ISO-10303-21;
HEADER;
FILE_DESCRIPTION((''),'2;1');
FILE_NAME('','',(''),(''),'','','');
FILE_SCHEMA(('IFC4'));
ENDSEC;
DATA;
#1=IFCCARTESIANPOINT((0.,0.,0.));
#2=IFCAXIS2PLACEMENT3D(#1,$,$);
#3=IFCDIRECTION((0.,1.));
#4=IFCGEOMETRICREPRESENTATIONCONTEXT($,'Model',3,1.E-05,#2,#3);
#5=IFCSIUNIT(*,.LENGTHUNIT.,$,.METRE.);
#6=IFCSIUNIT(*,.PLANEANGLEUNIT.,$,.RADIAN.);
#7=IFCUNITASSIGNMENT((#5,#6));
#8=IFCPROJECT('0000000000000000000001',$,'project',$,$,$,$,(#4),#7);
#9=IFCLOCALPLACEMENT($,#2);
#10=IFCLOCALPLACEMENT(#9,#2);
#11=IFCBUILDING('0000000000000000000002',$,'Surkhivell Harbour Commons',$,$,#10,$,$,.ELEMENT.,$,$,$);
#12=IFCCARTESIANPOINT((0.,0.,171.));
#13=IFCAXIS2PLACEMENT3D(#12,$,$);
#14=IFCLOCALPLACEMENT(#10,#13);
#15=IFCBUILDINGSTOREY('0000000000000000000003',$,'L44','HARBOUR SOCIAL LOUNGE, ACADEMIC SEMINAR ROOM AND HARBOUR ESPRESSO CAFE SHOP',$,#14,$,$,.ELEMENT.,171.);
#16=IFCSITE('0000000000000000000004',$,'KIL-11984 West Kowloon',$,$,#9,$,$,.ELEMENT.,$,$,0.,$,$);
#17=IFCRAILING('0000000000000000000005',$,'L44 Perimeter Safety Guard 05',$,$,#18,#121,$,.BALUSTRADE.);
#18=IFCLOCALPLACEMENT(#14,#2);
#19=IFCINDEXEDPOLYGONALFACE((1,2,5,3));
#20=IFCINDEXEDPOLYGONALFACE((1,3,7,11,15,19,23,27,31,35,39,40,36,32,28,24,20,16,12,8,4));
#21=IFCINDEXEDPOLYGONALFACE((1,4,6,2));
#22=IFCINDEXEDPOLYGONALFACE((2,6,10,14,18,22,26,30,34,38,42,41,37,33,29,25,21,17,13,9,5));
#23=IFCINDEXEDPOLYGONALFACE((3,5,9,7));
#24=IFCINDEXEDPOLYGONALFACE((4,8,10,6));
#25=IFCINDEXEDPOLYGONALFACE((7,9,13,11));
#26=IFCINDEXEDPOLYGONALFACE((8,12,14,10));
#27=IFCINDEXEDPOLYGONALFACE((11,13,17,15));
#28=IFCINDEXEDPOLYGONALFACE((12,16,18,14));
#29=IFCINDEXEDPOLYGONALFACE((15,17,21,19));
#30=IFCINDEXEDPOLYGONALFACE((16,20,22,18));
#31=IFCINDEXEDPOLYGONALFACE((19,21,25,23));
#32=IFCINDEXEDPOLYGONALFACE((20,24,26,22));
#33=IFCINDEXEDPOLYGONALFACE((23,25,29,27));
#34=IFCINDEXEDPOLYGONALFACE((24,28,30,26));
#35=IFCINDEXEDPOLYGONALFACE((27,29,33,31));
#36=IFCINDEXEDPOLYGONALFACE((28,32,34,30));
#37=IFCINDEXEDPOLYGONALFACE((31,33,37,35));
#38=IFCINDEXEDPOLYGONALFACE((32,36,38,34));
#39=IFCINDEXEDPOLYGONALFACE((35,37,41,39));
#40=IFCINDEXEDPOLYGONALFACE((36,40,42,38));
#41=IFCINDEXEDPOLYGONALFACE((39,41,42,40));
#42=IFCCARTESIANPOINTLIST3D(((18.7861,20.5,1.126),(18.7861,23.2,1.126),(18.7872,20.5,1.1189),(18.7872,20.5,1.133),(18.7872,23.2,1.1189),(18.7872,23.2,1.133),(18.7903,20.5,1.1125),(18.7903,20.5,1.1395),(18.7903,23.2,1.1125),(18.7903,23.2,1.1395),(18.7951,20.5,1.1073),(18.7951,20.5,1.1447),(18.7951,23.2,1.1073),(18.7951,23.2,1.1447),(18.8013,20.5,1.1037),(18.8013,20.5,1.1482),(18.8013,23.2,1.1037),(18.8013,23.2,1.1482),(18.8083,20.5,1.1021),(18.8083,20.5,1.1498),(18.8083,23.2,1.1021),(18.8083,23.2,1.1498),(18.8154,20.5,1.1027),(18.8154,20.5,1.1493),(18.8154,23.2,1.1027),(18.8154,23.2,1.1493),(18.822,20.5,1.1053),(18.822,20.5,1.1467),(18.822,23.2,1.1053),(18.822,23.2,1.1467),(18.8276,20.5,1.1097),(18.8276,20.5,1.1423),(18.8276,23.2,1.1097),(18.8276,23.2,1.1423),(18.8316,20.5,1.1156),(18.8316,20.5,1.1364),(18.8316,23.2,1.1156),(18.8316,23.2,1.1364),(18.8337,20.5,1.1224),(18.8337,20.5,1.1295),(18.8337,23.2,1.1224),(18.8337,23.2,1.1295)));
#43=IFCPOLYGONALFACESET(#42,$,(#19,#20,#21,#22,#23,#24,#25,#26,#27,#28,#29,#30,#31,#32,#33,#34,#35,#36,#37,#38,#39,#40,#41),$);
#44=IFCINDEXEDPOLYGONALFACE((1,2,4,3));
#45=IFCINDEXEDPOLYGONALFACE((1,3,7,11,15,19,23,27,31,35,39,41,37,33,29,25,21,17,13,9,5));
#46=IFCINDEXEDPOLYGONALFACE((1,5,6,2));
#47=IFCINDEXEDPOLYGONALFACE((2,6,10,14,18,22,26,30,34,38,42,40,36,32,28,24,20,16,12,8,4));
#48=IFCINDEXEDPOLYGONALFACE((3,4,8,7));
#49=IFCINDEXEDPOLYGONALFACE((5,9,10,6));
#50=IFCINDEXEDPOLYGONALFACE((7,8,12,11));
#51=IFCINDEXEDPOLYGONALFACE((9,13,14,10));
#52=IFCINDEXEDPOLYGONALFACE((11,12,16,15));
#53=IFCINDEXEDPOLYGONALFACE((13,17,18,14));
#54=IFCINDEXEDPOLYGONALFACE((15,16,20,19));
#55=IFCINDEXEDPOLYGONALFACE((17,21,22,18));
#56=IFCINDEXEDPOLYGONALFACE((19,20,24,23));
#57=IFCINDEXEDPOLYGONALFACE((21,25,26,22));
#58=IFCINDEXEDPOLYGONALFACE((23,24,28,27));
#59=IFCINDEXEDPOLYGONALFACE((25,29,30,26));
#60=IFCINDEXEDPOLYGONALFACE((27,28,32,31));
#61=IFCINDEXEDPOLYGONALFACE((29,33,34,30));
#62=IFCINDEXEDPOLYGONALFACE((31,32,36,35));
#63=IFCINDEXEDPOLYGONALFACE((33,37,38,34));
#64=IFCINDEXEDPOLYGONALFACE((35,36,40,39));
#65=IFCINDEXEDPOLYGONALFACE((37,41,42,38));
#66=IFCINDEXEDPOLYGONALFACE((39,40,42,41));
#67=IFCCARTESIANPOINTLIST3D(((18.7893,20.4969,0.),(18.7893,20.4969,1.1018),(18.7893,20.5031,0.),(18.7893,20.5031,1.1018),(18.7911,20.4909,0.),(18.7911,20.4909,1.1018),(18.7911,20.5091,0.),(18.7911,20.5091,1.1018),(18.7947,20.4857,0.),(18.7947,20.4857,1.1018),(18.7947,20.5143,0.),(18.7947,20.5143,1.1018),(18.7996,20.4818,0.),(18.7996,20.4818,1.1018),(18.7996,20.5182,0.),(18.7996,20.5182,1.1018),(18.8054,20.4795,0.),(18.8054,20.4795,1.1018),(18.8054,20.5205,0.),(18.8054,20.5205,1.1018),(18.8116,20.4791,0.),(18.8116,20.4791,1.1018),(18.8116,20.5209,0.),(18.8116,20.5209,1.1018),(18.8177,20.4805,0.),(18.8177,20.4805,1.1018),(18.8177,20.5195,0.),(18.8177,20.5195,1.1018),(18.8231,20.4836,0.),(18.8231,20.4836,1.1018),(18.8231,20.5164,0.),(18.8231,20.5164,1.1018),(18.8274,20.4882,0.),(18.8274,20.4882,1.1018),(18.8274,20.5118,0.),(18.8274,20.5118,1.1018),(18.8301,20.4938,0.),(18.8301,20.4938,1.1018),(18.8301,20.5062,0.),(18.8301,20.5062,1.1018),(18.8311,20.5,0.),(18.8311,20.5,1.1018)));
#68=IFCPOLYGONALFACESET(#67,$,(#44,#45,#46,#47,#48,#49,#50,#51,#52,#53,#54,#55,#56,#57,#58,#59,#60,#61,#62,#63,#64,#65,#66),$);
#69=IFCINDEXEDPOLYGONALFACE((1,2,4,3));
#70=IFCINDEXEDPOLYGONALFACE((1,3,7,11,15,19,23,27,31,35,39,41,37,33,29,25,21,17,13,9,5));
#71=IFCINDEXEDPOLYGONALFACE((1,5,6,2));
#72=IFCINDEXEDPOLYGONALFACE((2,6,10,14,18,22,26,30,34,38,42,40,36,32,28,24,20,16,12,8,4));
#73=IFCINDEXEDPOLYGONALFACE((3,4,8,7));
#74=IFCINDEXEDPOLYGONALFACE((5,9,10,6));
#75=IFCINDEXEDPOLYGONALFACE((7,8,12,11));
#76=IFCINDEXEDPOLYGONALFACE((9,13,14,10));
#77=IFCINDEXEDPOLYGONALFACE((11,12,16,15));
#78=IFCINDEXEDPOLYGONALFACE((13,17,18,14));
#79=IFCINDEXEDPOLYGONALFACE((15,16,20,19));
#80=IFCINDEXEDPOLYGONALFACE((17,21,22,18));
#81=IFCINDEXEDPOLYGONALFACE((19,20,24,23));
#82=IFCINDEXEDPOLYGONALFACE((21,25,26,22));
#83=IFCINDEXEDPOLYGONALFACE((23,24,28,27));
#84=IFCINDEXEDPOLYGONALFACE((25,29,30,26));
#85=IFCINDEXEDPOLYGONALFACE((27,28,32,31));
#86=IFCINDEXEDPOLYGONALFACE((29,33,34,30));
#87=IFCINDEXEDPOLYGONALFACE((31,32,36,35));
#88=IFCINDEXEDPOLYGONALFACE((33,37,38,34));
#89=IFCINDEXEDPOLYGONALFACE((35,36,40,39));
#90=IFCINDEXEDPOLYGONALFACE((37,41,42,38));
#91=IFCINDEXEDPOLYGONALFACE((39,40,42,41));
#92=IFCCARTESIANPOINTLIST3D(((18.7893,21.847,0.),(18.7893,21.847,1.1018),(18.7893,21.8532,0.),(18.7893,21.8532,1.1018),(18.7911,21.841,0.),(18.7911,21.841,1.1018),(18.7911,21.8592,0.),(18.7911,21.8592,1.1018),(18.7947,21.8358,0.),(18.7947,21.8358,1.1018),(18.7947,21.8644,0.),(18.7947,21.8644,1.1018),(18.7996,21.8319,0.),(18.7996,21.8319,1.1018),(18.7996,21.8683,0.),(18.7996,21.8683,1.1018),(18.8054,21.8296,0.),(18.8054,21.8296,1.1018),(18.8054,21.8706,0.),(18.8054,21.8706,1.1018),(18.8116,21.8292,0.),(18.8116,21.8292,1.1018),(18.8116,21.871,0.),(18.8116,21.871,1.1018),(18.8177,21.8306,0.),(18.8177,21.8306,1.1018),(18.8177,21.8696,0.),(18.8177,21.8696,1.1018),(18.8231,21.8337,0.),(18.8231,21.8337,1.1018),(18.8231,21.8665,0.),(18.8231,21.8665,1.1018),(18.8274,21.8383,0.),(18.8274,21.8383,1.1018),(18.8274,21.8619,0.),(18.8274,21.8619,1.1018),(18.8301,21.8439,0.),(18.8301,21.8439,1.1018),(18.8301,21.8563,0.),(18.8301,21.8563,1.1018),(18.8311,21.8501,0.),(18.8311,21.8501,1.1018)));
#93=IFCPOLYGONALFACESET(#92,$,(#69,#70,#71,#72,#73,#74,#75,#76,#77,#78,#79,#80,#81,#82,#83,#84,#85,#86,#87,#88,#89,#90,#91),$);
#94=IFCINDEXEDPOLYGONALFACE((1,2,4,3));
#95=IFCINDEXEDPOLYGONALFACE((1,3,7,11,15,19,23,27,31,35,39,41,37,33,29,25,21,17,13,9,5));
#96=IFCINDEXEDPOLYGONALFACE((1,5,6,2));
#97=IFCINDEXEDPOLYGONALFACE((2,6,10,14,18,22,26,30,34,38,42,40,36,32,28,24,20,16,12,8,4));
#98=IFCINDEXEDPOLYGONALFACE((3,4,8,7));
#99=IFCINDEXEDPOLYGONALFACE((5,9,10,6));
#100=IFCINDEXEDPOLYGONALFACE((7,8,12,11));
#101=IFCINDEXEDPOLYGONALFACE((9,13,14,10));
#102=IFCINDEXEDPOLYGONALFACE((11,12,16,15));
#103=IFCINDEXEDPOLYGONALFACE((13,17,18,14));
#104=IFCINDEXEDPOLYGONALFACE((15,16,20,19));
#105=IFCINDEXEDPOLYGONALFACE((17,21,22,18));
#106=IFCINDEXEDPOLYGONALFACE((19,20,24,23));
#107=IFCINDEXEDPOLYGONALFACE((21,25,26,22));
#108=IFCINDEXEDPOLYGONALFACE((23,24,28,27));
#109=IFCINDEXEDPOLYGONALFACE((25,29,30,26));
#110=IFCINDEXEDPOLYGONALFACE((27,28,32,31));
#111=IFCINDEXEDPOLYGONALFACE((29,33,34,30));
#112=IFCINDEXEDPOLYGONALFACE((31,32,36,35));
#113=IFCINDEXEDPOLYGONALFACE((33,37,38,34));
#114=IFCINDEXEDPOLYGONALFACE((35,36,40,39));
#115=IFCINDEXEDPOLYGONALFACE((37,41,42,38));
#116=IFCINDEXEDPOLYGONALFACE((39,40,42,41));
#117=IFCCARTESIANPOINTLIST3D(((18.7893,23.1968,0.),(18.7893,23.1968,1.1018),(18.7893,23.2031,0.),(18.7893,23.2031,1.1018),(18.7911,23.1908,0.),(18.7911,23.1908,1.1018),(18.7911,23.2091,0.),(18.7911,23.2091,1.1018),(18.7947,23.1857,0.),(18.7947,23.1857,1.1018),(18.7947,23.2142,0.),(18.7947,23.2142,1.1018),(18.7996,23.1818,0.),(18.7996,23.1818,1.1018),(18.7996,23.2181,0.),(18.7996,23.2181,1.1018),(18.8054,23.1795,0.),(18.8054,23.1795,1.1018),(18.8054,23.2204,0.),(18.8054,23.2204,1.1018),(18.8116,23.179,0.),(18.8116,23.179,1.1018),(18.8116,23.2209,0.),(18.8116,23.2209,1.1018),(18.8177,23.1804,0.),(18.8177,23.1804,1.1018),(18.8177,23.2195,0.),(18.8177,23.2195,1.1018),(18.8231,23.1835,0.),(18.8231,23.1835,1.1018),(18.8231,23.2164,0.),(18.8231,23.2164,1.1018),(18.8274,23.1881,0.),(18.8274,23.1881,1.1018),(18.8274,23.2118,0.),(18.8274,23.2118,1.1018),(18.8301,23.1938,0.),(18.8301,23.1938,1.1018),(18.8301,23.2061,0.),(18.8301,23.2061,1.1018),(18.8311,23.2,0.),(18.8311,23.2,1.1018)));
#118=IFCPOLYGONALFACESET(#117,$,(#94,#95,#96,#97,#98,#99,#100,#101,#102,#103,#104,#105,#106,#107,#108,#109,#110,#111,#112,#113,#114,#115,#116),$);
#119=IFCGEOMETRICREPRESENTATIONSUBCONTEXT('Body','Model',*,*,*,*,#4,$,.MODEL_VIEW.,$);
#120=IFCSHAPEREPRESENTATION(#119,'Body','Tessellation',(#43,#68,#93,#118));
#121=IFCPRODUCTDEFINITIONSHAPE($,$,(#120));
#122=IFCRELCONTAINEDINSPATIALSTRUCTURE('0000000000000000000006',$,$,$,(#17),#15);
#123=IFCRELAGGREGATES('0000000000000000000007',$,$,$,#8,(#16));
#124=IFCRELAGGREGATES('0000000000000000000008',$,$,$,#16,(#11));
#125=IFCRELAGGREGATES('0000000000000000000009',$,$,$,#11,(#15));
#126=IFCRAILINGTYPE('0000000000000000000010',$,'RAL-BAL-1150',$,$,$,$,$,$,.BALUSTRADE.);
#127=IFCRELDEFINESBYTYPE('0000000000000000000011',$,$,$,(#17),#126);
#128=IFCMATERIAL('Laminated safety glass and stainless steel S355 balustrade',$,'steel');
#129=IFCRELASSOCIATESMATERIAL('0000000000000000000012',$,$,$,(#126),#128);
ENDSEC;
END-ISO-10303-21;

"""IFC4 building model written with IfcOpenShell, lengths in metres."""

from ifc_helpers import new_model, si_unit, direction, frame, origin, origin_2d, place, context, subcontext, project, spatial, circle, extrude, material, type_object, element, save


model = new_model("IFC4")

# Units and contexts
model_context = context("Model", 3, precision=1e-05, world=origin(), true_north=direction((0.0, 1.0)))
body_context = subcontext(model_context, "Body", "Model", "MODEL_VIEW")
ifc_project = project(units=[si_unit("LENGTHUNIT", "METRE"), si_unit("PLANEANGLEUNIT", "RADIAN")], contexts=[model_context])

# Site, building, storey
site_placement = place(None, origin())
site = spatial("IfcSite", under=ifc_project, at=site_placement, Name="KIL-11984 West Kowloon", CompositionType="ELEMENT", RefElevation=0.0)
building_placement = place(site_placement, origin())
building = spatial("IfcBuilding", under=site, at=building_placement, Name="Surkhivell Harbour Commons", CompositionType="ELEMENT")
storey_placement = place(building_placement, frame((0.0, 0.0, 171.0)))
storey = spatial("IfcBuildingStorey", under=building, at=storey_placement, Name="L44", Description="HARBOUR SOCIAL LOUNGE, ACADEMIC SEMINAR ROOM AND HARBOUR ESPRESSO CAFE SHOP", CompositionType="ELEMENT", Elevation=171.0)

# Railing
ifc_material_1 = material(Name="Laminated safety glass and stainless steel S355 balustrade", Category="steel")
railing_type = type_object("IfcRailingType", Name="RAL-BAL-1150", PredefinedType="BALUSTRADE", material=ifc_material_1)
railing_1_placement = place(storey_placement, frame((18.8101, 20.5, 0.0)))
element("IfcRailing", 1, at=railing_1_placement, inside=storey, type_object=railing_type, Name="L44 Perimeter Safety Guard 05", PredefinedType="BALUSTRADE", context=body_context, shape_type="SweptSolid", body=[
    extrude(circle(Radius=0.0239, at=origin_2d()), frame((0.0, 0.0, 1.126), z_axis=(0.0, 1.0, 0.0), x_axis=(-1.0, 0.0, 0.0)), (0.0, 0.0, 1.0), 2.7),
    extrude(circle(Radius=0.021, at=origin_2d()), origin(), (0.0, 0.0, 1.0), 1.1018),
    extrude(circle(Radius=0.021, at=origin_2d()), frame((0.0, 1.3501, 0.0)), (0.0, 0.0, 1.0), 1.1018),
    extrude(circle(Radius=0.021, at=origin_2d()), frame((0.0, 2.7, 0.0)), (0.0, 0.0, 1.0), 1.1018),
])

save(model, "model.ifc")
